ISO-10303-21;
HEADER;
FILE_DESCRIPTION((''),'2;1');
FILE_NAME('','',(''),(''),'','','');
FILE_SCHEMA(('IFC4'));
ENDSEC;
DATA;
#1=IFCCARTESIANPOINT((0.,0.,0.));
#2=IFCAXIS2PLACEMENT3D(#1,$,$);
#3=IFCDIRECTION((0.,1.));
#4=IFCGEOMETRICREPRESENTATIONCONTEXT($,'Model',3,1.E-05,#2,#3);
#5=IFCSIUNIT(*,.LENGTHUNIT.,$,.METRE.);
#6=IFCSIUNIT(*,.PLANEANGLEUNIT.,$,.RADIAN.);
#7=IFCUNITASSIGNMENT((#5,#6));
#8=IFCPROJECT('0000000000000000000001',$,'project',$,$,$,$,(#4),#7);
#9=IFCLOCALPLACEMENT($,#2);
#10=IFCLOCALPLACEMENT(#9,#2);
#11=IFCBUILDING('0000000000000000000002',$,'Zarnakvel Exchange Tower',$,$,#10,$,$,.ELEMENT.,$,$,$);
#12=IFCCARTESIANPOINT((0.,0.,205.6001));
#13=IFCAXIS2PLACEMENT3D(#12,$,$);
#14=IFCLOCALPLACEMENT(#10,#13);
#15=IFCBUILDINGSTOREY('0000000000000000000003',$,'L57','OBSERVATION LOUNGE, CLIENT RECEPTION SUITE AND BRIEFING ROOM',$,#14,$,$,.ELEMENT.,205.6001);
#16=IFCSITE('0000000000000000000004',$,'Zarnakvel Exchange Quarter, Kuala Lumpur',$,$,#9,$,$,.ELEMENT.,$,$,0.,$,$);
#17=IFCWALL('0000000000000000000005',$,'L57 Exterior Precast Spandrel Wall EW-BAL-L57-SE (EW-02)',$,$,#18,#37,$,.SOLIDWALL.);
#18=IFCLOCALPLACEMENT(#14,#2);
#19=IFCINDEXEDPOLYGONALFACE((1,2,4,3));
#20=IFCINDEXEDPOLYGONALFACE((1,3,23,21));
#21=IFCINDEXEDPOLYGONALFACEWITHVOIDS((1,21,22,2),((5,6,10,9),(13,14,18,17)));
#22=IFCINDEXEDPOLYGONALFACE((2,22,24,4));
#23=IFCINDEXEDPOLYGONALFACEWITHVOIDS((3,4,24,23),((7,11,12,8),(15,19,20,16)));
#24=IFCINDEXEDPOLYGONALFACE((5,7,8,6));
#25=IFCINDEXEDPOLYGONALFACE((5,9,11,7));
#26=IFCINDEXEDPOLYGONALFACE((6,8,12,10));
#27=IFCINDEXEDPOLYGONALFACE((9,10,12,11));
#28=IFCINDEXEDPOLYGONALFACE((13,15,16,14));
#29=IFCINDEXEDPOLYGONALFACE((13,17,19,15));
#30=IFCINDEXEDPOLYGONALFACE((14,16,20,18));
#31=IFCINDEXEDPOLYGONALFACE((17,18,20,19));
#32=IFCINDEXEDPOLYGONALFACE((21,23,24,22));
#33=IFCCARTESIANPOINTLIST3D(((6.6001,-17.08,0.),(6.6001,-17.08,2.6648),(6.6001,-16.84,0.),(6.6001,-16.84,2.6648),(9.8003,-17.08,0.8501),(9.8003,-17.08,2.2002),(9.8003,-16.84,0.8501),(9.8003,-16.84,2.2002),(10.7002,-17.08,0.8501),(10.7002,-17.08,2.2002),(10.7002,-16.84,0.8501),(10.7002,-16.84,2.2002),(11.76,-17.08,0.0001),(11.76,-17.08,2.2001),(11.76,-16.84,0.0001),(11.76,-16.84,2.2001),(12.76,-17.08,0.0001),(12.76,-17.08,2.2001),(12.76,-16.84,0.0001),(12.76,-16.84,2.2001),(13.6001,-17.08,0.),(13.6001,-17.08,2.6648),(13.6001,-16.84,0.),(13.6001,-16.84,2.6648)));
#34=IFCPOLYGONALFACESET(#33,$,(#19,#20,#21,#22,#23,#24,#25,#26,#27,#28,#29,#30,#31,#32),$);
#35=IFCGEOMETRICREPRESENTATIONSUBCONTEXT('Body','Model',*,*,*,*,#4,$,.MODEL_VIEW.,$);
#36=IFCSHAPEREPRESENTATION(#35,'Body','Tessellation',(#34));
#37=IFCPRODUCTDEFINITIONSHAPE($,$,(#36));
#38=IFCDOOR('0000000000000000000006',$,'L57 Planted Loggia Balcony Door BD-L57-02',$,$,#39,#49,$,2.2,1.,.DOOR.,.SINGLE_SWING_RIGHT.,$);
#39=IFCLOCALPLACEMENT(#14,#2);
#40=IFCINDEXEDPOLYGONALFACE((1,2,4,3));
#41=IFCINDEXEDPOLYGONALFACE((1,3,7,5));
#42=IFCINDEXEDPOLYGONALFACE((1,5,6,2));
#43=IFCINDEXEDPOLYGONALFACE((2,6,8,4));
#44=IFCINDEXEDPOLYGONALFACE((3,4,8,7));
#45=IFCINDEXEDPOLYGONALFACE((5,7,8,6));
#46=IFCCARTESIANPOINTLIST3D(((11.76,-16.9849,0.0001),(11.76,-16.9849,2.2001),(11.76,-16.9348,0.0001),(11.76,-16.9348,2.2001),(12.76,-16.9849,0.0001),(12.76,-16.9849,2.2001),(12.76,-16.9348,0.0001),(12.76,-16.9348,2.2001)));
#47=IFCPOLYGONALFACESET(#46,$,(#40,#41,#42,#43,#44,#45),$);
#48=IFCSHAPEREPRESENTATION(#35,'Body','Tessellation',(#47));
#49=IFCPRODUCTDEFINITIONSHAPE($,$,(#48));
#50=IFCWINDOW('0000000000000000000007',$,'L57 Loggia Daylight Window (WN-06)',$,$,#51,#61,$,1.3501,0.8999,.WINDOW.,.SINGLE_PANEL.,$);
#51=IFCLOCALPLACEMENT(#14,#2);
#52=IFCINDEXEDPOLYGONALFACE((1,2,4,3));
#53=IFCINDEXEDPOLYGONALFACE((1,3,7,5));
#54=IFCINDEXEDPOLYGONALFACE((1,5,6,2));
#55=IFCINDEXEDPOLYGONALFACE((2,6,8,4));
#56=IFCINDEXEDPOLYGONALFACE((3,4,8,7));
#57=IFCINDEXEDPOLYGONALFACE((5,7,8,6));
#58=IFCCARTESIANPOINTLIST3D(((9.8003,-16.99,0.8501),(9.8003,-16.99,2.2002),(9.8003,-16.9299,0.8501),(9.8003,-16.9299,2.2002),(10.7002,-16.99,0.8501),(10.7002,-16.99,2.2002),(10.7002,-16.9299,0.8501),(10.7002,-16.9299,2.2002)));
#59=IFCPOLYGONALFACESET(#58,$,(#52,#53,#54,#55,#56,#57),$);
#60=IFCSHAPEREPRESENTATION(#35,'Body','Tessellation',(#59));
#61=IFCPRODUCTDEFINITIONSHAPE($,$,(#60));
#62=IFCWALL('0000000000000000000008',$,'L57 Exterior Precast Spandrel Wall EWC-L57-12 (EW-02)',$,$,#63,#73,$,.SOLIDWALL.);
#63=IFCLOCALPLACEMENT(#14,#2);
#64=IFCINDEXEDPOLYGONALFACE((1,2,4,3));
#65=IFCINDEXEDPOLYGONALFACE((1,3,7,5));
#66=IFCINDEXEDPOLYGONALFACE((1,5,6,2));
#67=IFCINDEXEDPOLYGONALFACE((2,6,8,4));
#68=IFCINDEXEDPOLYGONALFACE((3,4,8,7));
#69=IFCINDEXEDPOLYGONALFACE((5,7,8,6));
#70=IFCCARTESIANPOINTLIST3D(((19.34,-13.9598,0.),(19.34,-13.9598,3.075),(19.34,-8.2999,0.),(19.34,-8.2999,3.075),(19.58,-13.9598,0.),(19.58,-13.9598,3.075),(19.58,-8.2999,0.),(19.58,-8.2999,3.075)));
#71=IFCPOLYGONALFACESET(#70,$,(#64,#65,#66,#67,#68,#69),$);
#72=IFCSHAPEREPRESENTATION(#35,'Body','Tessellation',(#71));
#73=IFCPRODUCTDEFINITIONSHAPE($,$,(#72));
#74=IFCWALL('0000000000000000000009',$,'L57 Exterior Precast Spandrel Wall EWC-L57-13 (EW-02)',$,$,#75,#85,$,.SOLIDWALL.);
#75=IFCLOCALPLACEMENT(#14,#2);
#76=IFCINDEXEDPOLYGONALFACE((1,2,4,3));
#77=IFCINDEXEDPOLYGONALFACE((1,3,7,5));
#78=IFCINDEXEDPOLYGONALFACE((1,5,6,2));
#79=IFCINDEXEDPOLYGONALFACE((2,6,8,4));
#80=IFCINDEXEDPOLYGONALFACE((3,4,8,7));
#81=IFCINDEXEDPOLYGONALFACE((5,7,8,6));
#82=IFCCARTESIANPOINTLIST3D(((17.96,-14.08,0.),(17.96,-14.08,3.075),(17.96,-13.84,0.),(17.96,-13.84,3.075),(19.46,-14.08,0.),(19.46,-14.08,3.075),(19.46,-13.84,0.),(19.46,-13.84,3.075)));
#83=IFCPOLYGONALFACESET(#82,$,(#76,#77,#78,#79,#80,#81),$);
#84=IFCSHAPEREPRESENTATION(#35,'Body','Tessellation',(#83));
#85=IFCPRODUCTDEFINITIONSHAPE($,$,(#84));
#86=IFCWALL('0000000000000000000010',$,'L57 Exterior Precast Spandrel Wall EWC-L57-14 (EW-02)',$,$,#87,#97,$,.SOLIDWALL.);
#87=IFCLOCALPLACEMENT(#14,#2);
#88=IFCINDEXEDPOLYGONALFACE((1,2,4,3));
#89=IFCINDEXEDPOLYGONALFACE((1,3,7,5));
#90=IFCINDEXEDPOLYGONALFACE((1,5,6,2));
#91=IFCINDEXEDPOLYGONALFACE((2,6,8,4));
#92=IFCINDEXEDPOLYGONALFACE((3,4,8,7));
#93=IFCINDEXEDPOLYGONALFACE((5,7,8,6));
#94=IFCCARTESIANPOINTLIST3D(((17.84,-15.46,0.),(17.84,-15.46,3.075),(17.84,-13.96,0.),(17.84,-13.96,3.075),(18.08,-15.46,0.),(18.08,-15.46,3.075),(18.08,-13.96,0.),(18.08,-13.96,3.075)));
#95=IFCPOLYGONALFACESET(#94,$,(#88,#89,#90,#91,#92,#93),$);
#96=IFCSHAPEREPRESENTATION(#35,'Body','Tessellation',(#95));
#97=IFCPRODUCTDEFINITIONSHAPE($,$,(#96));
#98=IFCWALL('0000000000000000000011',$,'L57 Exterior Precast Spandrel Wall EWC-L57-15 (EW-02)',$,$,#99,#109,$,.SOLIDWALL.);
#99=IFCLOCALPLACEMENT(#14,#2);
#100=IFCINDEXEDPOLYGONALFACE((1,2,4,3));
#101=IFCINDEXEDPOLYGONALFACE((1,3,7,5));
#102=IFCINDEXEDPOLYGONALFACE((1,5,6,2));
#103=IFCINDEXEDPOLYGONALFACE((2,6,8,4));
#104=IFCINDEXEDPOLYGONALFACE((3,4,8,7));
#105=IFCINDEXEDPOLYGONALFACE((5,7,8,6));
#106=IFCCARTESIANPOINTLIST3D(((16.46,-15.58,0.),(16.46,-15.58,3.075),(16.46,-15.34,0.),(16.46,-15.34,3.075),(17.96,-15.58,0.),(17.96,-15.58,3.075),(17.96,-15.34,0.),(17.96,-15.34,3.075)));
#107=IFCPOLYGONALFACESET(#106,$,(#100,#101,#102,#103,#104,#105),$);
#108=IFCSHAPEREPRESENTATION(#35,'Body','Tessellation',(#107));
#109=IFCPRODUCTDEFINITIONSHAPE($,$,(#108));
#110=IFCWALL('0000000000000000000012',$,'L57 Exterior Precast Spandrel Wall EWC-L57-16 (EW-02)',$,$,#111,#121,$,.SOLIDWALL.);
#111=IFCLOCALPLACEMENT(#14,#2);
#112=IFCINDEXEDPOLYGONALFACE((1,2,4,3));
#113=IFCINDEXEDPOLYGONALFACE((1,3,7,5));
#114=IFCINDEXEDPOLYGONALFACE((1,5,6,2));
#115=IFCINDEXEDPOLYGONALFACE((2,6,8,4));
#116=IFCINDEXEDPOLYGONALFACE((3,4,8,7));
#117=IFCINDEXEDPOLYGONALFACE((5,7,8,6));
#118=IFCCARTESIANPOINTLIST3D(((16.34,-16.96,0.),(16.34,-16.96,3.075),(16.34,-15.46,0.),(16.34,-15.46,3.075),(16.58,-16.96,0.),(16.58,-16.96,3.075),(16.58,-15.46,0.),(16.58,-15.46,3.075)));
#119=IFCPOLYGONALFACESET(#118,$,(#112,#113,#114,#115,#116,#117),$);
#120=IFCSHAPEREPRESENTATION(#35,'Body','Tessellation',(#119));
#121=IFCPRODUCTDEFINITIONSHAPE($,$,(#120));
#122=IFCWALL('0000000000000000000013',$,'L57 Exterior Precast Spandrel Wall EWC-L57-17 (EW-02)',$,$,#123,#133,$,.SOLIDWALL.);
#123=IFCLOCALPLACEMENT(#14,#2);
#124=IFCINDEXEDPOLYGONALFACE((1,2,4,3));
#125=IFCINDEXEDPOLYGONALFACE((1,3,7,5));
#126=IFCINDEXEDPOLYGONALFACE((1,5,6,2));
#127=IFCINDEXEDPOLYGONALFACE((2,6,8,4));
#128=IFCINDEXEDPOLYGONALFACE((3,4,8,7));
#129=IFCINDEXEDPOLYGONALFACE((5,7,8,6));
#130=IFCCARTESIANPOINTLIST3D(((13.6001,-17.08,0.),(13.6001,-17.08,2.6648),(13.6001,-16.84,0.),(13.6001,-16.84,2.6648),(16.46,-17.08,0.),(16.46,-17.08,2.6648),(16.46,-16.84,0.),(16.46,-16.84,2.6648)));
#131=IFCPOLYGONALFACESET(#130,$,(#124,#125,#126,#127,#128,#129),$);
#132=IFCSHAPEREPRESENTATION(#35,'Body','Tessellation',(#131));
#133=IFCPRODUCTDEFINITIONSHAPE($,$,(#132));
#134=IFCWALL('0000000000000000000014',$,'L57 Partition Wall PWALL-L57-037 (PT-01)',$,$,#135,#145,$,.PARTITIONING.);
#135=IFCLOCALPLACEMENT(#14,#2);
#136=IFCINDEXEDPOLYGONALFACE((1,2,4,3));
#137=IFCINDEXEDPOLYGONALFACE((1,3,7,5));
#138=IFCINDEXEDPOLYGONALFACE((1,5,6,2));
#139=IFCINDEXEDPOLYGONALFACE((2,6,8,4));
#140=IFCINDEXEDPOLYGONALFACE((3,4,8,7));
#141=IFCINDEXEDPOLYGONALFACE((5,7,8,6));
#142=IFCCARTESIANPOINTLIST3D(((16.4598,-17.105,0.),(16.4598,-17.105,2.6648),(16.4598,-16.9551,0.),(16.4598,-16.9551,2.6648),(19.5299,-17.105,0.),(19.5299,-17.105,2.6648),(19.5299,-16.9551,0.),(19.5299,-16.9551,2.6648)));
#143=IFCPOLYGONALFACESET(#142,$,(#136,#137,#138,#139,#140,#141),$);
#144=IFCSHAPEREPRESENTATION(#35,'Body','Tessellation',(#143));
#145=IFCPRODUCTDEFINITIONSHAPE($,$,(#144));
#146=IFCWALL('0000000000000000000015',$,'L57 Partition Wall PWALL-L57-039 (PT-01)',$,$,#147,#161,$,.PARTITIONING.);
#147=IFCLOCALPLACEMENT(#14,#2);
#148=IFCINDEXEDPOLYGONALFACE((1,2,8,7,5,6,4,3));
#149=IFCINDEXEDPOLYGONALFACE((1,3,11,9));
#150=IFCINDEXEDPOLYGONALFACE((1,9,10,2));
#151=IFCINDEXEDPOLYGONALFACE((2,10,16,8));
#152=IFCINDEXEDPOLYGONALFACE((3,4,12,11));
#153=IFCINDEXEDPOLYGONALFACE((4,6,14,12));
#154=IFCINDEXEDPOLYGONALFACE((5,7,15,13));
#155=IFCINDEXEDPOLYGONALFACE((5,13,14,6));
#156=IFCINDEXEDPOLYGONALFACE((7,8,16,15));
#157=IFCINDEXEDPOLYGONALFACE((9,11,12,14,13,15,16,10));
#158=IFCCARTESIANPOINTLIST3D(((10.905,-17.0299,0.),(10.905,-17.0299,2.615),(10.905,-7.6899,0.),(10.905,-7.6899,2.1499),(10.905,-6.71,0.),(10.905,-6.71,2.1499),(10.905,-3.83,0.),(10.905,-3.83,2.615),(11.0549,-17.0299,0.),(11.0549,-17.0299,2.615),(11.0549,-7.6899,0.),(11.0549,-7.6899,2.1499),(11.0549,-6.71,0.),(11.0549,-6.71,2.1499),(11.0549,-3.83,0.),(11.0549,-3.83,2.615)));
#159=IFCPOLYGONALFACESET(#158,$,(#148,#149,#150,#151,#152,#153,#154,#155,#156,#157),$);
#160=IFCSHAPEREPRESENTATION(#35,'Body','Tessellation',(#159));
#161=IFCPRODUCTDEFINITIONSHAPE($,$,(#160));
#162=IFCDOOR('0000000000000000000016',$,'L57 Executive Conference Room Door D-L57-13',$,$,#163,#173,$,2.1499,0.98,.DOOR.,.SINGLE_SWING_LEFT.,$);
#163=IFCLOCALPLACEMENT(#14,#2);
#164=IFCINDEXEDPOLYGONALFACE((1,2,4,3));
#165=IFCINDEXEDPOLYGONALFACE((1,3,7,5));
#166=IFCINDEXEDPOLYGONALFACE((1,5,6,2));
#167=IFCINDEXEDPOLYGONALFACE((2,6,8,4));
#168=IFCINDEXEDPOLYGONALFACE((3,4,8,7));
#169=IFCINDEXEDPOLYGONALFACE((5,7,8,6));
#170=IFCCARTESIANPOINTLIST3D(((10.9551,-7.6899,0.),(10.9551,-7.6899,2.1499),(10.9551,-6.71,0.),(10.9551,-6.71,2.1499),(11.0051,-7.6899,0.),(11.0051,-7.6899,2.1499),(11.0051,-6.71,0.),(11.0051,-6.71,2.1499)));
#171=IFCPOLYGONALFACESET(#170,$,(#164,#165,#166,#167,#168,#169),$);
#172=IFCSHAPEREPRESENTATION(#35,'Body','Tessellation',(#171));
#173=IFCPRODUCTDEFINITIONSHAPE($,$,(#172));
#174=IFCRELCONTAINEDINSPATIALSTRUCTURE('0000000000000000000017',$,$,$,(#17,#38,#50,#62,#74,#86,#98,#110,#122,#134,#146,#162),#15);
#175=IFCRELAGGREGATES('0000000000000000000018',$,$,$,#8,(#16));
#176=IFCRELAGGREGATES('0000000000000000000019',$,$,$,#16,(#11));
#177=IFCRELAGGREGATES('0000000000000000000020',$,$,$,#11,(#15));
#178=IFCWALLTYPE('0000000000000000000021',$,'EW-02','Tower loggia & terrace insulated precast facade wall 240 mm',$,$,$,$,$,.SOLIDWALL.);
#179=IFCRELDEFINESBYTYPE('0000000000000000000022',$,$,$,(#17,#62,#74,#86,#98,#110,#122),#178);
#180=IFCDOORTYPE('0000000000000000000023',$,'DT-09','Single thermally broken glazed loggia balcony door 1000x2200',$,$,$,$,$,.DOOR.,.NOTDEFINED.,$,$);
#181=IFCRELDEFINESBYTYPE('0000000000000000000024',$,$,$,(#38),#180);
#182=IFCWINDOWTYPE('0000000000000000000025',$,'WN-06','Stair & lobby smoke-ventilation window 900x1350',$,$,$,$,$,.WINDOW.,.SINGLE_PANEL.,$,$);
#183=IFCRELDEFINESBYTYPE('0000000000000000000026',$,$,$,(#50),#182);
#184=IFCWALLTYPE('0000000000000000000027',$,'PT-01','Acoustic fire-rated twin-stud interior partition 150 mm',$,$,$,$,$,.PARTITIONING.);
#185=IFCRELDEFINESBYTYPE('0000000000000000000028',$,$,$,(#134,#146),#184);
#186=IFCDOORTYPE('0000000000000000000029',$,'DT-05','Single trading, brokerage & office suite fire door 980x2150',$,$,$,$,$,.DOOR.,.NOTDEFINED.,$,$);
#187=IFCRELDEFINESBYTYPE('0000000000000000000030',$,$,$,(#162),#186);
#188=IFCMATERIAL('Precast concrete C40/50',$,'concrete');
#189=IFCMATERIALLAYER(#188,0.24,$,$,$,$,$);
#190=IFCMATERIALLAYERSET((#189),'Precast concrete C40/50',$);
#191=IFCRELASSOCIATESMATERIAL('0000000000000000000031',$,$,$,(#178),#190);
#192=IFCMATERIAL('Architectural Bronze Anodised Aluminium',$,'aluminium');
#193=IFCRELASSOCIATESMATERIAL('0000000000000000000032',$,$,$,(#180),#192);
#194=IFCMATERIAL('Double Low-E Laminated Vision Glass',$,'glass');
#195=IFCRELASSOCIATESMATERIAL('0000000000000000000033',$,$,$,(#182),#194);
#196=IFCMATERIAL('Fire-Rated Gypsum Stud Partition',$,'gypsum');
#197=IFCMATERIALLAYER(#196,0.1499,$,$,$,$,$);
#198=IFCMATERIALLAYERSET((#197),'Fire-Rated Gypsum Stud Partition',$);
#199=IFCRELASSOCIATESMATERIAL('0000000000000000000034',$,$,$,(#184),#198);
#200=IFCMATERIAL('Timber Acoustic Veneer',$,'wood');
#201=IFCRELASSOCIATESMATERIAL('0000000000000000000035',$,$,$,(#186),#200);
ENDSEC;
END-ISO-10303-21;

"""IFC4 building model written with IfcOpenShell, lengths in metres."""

from ifc_helpers import new_model, si_unit, direction, frame, frame_2d, origin, place, context, subcontext, project, spatial, rectangle, extrude, source, transform, mapped, material, layer, layer_set, type_object, element, fill, save


model = new_model("IFC4")

# Units and contexts
model_context = context("Model", 3, precision=1e-05, world=origin(), true_north=direction((0.0, 1.0)))
body_context = subcontext(model_context, "Body", "Model", "MODEL_VIEW")
ifc_project = project(units=[si_unit("LENGTHUNIT", "METRE"), si_unit("PLANEANGLEUNIT", "RADIAN")], contexts=[model_context])

# Site, building, storey
site_placement = place(None, origin())
site = spatial("IfcSite", under=ifc_project, at=site_placement, Name="Zarnakvel Exchange Quarter, Kuala Lumpur", CompositionType="ELEMENT", RefElevation=0.0)
building_placement = place(site_placement, origin())
building = spatial("IfcBuilding", under=site, at=building_placement, Name="Zarnakvel Exchange Tower", CompositionType="ELEMENT")
storey_placement = place(building_placement, frame((0.0, 0.0, 205.6001)))
storey = spatial("IfcBuildingStorey", under=building, at=storey_placement, Name="L57", Description="OBSERVATION LOUNGE, CLIENT RECEPTION SUITE AND BRIEFING ROOM", CompositionType="ELEMENT", Elevation=205.6001)

# Wall, openings, door, window
ifc_material_1 = material(Name="Precast concrete C40/50", Category="concrete")
ifc_layer_1 = layer(ifc_material_1, 0.24)
ifc_layer_set_1 = layer_set([ifc_layer_1], Name="Precast concrete C40/50")
wall_type_1 = type_object("IfcWallType", Name="EW-02", Description="Tower loggia & terrace insulated precast facade wall 240 mm", PredefinedType="SOLIDWALL", material=ifc_layer_set_1)
wall_1_placement = place(storey_placement, frame((13.6001, -16.96, 0.0), z_axis=(0.0, 0.0, 1.0), x_axis=(-1.0, 0.0, 0.0)))
wall_1 = element("IfcWall", 1, at=wall_1_placement, inside=storey, type_object=wall_type_1, Name="L57 Exterior Precast Spandrel Wall EW-BAL-L57-SE (EW-02)", PredefinedType="SOLIDWALL", context=body_context, shape_type="SweptSolid", body=[
    extrude(rectangle(XDim=7.0, YDim=0.24, at=frame_2d((3.5, 0.0))), origin(), (0.0, 0.0, 1.0), 2.6648),
])
opening_1_placement = place(wall_1_placement, frame((0.8401, 0.0, 0.0)))
opening_1 = element("IfcOpeningElement", 2, at=opening_1_placement, cuts=wall_1, PredefinedType="OPENING", context=body_context, shape_type="SweptSolid", body=[
    extrude(rectangle(XDim=1.0, YDim=2.2, at=frame_2d((0.5, 1.1001))), frame((0.0, 0.1299, 0.0), z_axis=(0.0, -1.0, 0.0), x_axis=(1.0, 0.0, 0.0)), (0.0, 0.0, 1.0), 0.26),
])
opening_2_placement = place(wall_1_placement, frame((2.8999, 0.0, 0.8501)))
opening_2 = element("IfcOpeningElement", 3, at=opening_2_placement, cuts=wall_1, PredefinedType="OPENING", context=body_context, shape_type="SweptSolid", body=[
    extrude(rectangle(XDim=0.8999, YDim=1.3501, at=frame_2d((0.45, 0.675))), frame((0.0, 0.1299, 0.0), z_axis=(0.0, -1.0, 0.0), x_axis=(1.0, 0.0, 0.0)), (0.0, 0.0, 1.0), 0.26),
])
ifc_material_2 = material(Name="Architectural Bronze Anodised Aluminium", Category="aluminium")
door_type_1 = type_object("IfcDoorType", Name="DT-09", Description="Single thermally broken glazed loggia balcony door 1000x2200", OperationType="NOTDEFINED", PredefinedType="DOOR", material=ifc_material_2)
shared_shape_1 = source(origin(), body_context, "Body", "SweptSolid", [
    extrude(rectangle(XDim=1.0, YDim=2.2, at=frame_2d((0.5, 1.1001))), frame((0.0, 0.0249, 0.0), z_axis=(0.0, -1.0, 0.0), x_axis=(1.0, 0.0, 0.0)), (0.0, 0.0, 1.0), 0.05),
])
door_1_placement = place(opening_1_placement, origin())
door_1 = element("IfcDoor", 4, at=door_1_placement, inside=storey, type_object=door_type_1, Name="L57 Planted Loggia Balcony Door BD-L57-02", OperationType="SINGLE_SWING_RIGHT", OverallHeight=2.2, OverallWidth=1.0, PredefinedType="DOOR", context=body_context, shape_type="MappedRepresentation", body=[
    mapped(shared_shape_1, transform((0.0, 0.0, 0.0), x_axis=(1.0, 0.0, 0.0), y_axis=(0.0, 1.0, 0.0), z_axis=(0.0, 0.0, 1.0), scale=1.0)),
])
fill(opening_1, door_1)
ifc_material_3 = material(Name="Double Low-E Laminated Vision Glass", Category="glass")
window_type = type_object("IfcWindowType", Name="WN-06", Description="Stair & lobby smoke-ventilation window 900x1350", PartitioningType="SINGLE_PANEL", PredefinedType="WINDOW", material=ifc_material_3)
shared_shape_2 = source(origin(), body_context, "Body", "SweptSolid", [
    extrude(rectangle(XDim=0.8999, YDim=1.3501, at=frame_2d((0.45, 0.675))), frame((0.0, 0.03, 0.0), z_axis=(0.0, -1.0, 0.0), x_axis=(1.0, 0.0, 0.0)), (0.0, 0.0, 1.0), 0.0601),
])
window_placement = place(opening_2_placement, origin())
window = element("IfcWindow", 5, at=window_placement, inside=storey, type_object=window_type, Name="L57 Loggia Daylight Window (WN-06)", OverallHeight=1.3501, OverallWidth=0.8999, PartitioningType="SINGLE_PANEL", PredefinedType="WINDOW", context=body_context, shape_type="MappedRepresentation", body=[
    mapped(shared_shape_2, transform((0.0, 0.0, 0.0), x_axis=(1.0, 0.0, 0.0), y_axis=(0.0, 1.0, 0.0), z_axis=(0.0, 0.0, 1.0), scale=1.0)),
])
fill(opening_2, window)

# Walls
wall_2_placement = place(storey_placement, frame((19.46, -13.96, 0.0), z_axis=(0.0, 0.0, 1.0), x_axis=(0.0, 1.0, 0.0)))
element("IfcWall", 6, at=wall_2_placement, inside=storey, type_object=wall_type_1, Name="L57 Exterior Precast Spandrel Wall EWC-L57-12 (EW-02)", PredefinedType="SOLIDWALL", context=body_context, shape_type="SweptSolid", body=[
    extrude(rectangle(XDim=5.6599, YDim=0.24, at=frame_2d((2.8301, 0.0))), origin(), (0.0, 0.0, 1.0), 3.075),
])
for number, where, z_axis, x_axis, name in (
    (7, (17.96, -13.96, 0.0), (0.0, 0.0, 1.0), (1.0, 0.0, 0.0), "L57 Exterior Precast Spandrel Wall EWC-L57-13 (EW-02)"),
    (8, (17.96, -15.46, 0.0), (0.0, 0.0, 1.0), (0.0, 1.0, 0.0), "L57 Exterior Precast Spandrel Wall EWC-L57-14 (EW-02)"),
    (9, (16.46, -15.46, 0.0), (0.0, 0.0, 1.0), (1.0, 0.0, 0.0), "L57 Exterior Precast Spandrel Wall EWC-L57-15 (EW-02)"),
    (10, (16.46, -16.96, 0.0), (0.0, 0.0, 1.0), (0.0, 1.0, 0.0), "L57 Exterior Precast Spandrel Wall EWC-L57-16 (EW-02)"),
):
    element("IfcWall", number, at=place(storey_placement, frame(where, z_axis=z_axis, x_axis=x_axis)), inside=storey, type_object=wall_type_1, Name=name, PredefinedType="SOLIDWALL", context=body_context, shape_type="SweptSolid", body=[
        extrude(rectangle(XDim=1.5, YDim=0.24, at=frame_2d((0.75, 0.0))), origin(), (0.0, 0.0, 1.0), 3.075),
    ])
wall_3_placement = place(storey_placement, frame((13.6001, -16.96, 0.0), z_axis=(0.0, 0.0, 1.0), x_axis=(1.0, 0.0, 0.0)))
element("IfcWall", 11, at=wall_3_placement, inside=storey, type_object=wall_type_1, Name="L57 Exterior Precast Spandrel Wall EWC-L57-17 (EW-02)", PredefinedType="SOLIDWALL", context=body_context, shape_type="SweptSolid", body=[
    extrude(rectangle(XDim=2.8599, YDim=0.24, at=frame_2d((1.4299, 0.0))), origin(), (0.0, 0.0, 1.0), 2.6648),
])
ifc_material_4 = material(Name="Fire-Rated Gypsum Stud Partition", Category="gypsum")
ifc_layer_2 = layer(ifc_material_4, 0.1499)
ifc_layer_set_2 = layer_set([ifc_layer_2], Name="Fire-Rated Gypsum Stud Partition")
wall_type_2 = type_object("IfcWallType", Name="PT-01", Description="Acoustic fire-rated twin-stud interior partition 150 mm", PredefinedType="PARTITIONING", material=ifc_layer_set_2)
wall_4_placement = place(storey_placement, frame((19.53, -17.03, 0.0), z_axis=(0.0, 0.0, 1.0), x_axis=(-1.0, 0.0, 0.0)))
element("IfcWall", 12, at=wall_4_placement, inside=storey, type_object=wall_type_2, Name="L57 Partition Wall PWALL-L57-037 (PT-01)", PredefinedType="PARTITIONING", context=body_context, shape_type="SweptSolid", body=[
    extrude(rectangle(XDim=3.0701, YDim=0.1499, at=frame_2d((1.5352, 0.0))), origin(), (0.0, 0.0, 1.0), 2.6648),
])

# Wall, opening, door
wall_5_placement = place(storey_placement, frame((10.98, -17.03, 0.0), z_axis=(0.0, 0.0, 1.0), x_axis=(0.0, 1.0, 0.0)))
wall_5 = element("IfcWall", 13, at=wall_5_placement, inside=storey, type_object=wall_type_2, Name="L57 Partition Wall PWALL-L57-039 (PT-01)", PredefinedType="PARTITIONING", context=body_context, shape_type="SweptSolid", body=[
    extrude(rectangle(XDim=13.2, YDim=0.1499, at=frame_2d((6.6001, 0.0))), origin(), (0.0, 0.0, 1.0), 2.615),
])
opening_3_placement = place(wall_5_placement, frame((9.3401, 0.0, 0.0)))
opening_3 = element("IfcOpeningElement", 14, at=opening_3_placement, cuts=wall_5, PredefinedType="OPENING", context=body_context, shape_type="SweptSolid", body=[
    extrude(rectangle(XDim=0.98, YDim=2.1499, at=frame_2d((0.49, 1.075))), frame((0.0, 0.085, 0.0), z_axis=(0.0, -1.0, 0.0), x_axis=(1.0, 0.0, 0.0)), (0.0, 0.0, 1.0), 0.1699),
])
ifc_material_5 = material(Name="Timber Acoustic Veneer", Category="wood")
door_type_2 = type_object("IfcDoorType", Name="DT-05", Description="Single trading, brokerage & office suite fire door 980x2150", OperationType="NOTDEFINED", PredefinedType="DOOR", material=ifc_material_5)
shared_shape_3 = source(origin(), body_context, "Body", "SweptSolid", [
    extrude(rectangle(XDim=0.98, YDim=2.1499, at=frame_2d((0.49, 1.075))), frame((0.0, 0.0249, 0.0), z_axis=(0.0, -1.0, 0.0), x_axis=(1.0, 0.0, 0.0)), (0.0, 0.0, 1.0), 0.05),
])
door_2_placement = place(opening_3_placement, origin())
door_2 = element("IfcDoor", 15, at=door_2_placement, inside=storey, type_object=door_type_2, Name="L57 Executive Conference Room Door D-L57-13", OperationType="SINGLE_SWING_LEFT", OverallHeight=2.1499, OverallWidth=0.98, PredefinedType="DOOR", context=body_context, shape_type="MappedRepresentation", body=[
    mapped(shared_shape_3, transform((0.0, 0.0, 0.0), x_axis=(1.0, 0.0, 0.0), y_axis=(0.0, 1.0, 0.0), z_axis=(0.0, 0.0, 1.0), scale=1.0)),
])
fill(opening_3, door_2)

save(model, "model.ifc")
